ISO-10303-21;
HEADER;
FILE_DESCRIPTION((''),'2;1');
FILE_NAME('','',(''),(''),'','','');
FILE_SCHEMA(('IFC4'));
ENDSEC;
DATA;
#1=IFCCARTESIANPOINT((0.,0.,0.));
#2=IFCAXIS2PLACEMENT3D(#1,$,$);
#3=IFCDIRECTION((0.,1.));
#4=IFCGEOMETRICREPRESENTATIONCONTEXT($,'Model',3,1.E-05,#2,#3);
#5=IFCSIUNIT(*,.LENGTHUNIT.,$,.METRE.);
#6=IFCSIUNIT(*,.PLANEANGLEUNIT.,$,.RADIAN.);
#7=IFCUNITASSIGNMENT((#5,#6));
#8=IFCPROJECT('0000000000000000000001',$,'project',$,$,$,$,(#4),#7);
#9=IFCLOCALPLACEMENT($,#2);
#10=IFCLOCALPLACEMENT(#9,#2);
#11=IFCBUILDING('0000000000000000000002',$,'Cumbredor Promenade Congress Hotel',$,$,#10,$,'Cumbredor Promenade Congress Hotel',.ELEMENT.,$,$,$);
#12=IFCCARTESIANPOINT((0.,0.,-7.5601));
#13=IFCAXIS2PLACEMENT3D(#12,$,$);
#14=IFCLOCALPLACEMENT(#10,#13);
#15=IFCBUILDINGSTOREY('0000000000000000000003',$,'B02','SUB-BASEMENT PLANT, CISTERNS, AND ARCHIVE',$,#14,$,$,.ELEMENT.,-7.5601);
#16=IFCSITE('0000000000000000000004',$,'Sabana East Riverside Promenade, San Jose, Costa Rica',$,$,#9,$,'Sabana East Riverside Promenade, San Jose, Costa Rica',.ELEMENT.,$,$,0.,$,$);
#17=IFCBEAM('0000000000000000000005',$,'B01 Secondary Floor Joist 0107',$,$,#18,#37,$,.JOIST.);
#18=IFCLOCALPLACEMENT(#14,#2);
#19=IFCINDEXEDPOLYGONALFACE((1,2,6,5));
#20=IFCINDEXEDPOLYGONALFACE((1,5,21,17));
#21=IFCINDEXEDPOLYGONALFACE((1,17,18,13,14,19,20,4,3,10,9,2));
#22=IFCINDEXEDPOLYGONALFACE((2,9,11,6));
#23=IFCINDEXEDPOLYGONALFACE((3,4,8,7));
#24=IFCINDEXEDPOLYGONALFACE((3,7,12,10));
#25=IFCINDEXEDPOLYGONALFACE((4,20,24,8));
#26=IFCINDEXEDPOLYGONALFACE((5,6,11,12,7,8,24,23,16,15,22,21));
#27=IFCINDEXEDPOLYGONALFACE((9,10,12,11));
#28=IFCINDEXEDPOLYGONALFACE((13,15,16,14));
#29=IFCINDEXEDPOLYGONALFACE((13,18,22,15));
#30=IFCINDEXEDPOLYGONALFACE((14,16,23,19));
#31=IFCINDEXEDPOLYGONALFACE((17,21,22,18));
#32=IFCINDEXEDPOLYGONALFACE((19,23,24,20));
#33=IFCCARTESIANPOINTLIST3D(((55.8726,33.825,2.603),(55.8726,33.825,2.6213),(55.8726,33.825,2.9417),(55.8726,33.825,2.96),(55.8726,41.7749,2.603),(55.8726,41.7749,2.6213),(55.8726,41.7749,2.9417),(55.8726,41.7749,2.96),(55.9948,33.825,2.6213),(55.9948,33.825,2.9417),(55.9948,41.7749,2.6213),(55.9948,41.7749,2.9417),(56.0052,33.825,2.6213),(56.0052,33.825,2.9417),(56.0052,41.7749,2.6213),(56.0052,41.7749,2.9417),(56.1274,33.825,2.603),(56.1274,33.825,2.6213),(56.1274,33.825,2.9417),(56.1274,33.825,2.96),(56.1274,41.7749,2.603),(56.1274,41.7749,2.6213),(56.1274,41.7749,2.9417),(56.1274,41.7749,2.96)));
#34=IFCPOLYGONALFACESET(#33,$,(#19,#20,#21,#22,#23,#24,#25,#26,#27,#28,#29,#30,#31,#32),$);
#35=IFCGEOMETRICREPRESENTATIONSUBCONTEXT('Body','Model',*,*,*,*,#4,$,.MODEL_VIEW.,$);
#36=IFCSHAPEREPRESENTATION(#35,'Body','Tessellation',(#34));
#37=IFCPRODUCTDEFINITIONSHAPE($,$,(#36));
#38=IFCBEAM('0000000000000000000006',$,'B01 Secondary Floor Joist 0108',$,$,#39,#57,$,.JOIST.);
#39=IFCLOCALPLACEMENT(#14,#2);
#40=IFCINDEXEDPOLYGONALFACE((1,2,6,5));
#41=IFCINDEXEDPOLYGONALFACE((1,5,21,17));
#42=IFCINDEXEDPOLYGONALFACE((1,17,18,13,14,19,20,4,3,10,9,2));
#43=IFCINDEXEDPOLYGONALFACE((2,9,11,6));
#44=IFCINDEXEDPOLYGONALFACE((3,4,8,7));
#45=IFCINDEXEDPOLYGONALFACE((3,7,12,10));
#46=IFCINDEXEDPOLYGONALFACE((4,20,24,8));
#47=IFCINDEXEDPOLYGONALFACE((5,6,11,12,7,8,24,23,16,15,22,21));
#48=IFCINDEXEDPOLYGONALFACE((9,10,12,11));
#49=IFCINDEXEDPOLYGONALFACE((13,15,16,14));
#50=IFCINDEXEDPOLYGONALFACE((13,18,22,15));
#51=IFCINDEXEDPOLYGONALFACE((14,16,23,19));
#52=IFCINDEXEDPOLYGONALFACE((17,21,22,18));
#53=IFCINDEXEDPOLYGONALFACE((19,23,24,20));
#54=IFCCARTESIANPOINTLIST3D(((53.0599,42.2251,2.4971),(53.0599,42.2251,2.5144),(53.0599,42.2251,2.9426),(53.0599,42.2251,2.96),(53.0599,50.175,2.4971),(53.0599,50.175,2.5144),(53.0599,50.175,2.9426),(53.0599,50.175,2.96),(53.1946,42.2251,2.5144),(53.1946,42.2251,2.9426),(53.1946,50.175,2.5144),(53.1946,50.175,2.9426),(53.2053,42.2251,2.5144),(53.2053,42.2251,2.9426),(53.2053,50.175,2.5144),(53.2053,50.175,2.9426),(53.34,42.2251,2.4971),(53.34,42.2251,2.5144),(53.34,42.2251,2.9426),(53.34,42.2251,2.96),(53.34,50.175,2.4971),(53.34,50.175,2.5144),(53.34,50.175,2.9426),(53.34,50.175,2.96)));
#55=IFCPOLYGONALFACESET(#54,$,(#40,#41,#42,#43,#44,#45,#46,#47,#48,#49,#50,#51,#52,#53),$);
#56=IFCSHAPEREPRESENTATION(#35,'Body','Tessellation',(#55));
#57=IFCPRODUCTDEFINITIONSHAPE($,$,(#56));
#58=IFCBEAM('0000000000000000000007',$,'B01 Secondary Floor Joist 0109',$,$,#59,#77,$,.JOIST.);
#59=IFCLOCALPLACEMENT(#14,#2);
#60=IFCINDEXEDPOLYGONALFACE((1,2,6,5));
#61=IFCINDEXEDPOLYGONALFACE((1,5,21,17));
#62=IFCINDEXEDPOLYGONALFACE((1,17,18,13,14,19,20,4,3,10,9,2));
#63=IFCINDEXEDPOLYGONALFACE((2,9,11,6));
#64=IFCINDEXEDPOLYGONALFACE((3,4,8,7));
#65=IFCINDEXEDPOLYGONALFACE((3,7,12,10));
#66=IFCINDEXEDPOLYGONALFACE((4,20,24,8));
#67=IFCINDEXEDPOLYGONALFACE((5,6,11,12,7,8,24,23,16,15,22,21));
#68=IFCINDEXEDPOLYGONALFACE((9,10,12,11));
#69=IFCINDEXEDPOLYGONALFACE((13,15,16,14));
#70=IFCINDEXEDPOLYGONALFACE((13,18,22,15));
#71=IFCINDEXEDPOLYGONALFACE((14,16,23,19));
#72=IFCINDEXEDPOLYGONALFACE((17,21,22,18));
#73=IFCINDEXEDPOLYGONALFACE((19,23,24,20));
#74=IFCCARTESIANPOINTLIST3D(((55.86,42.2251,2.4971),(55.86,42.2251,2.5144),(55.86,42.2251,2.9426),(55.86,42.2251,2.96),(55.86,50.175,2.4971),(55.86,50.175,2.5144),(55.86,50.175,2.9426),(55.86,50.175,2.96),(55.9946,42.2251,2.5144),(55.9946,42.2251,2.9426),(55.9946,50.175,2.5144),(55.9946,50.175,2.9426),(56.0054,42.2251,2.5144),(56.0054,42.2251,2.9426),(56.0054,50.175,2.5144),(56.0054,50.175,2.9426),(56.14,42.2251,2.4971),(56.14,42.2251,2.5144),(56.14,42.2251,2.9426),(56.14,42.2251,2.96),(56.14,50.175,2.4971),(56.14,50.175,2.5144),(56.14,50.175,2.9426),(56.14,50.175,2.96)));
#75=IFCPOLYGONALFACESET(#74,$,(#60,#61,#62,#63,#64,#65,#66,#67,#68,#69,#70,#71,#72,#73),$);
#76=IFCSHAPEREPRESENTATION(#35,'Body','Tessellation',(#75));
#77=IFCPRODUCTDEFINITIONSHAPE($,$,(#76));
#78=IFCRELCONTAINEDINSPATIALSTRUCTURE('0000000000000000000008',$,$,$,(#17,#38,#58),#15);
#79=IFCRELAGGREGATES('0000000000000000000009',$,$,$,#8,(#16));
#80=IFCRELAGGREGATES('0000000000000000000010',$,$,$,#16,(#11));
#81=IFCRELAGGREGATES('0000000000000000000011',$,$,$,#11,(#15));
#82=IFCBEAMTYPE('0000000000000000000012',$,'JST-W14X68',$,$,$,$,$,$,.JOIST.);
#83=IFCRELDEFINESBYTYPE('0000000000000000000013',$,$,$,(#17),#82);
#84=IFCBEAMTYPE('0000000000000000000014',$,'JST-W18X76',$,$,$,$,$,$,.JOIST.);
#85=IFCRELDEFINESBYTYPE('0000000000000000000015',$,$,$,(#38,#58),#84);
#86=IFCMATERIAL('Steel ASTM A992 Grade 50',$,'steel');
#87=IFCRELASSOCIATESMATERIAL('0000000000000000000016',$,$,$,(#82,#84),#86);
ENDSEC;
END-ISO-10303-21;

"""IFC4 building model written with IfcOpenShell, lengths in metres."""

from ifc_helpers import new_model, si_unit, direction, frame, origin, origin_2d, place, context, subcontext, project, spatial, i_section, extrude, material, material_profile, profile_set, type_object, element, save


model = new_model("IFC4")

# Units and contexts
model_context = context("Model", 3, precision=1e-05, world=origin(), true_north=direction((0.0, 1.0)))
body_context = subcontext(model_context, "Body", "Model", "MODEL_VIEW")
ifc_project = project(units=[si_unit("LENGTHUNIT", "METRE"), si_unit("PLANEANGLEUNIT", "RADIAN")], contexts=[model_context])

# Site, building, storey
site_placement = place(None, origin())
site = spatial("IfcSite", under=ifc_project, at=site_placement, Name="Sabana East Riverside Promenade, San Jose, Costa Rica", LongName="Sabana East Riverside Promenade, San Jose, Costa Rica", CompositionType="ELEMENT", RefElevation=0.0)
building_placement = place(site_placement, origin())
building = spatial("IfcBuilding", under=site, at=building_placement, Name="Cumbredor Promenade Congress Hotel", LongName="Cumbredor Promenade Congress Hotel", CompositionType="ELEMENT")
storey_placement = place(building_placement, frame((0.0, 0.0, -7.5601)))
storey = spatial("IfcBuildingStorey", under=building, at=storey_placement, Name="B02", Description="SUB-BASEMENT PLANT, CISTERNS, AND ARCHIVE", CompositionType="ELEMENT", Elevation=-7.5601)

# Beams
ifc_material_1 = material(Name="Steel ASTM A992 Grade 50", Category="steel")
ifc_material_profile_1 = material_profile(ifc_material_1, i_section(OverallWidth=0.2549, OverallDepth=0.3569, WebThickness=0.0105, FlangeThickness=0.0183, at=origin_2d()), Name="W14X68")
ifc_profile_set_1 = profile_set([ifc_material_profile_1], Name="Steel ASTM A992 Grade 50")
beam_type_1 = type_object("IfcBeamType", Name="JST-W14X68", PredefinedType="JOIST", material=ifc_profile_set_1)
for number, where, z_axis, x_axis, name in (
    (1, (56.0, 33.825, 2.7815), (0.0, 1.0, 0.0), (-1.0, 0.0, 0.0), "B01 Secondary Floor Joist 0107"),
):
    element("IfcBeam", number, at=place(storey_placement, frame(where, z_axis=z_axis, x_axis=x_axis)), inside=storey, type_object=beam_type_1, Name=name, PredefinedType="JOIST", context=body_context, shape_type="SweptSolid", body=[
        extrude(i_section(OverallWidth=0.2549, OverallDepth=0.3569, WebThickness=0.0105, FlangeThickness=0.0183, at=origin_2d()), origin(), (0.0, 0.0, 1.0), 7.95),
    ])
ifc_material_profile_2 = material_profile(ifc_material_1, i_section(OverallWidth=0.28, OverallDepth=0.4629, WebThickness=0.0107, FlangeThickness=0.0173, at=origin_2d()), Name="W18X76")
ifc_profile_set_2 = profile_set([ifc_material_profile_2], Name="Steel ASTM A992 Grade 50")
beam_type_2 = type_object("IfcBeamType", Name="JST-W18X76", PredefinedType="JOIST", material=ifc_profile_set_2)
for number, where, z_axis, x_axis, name in (
    (2, (53.2, 42.2251, 2.7285), (0.0, 1.0, 0.0), (-1.0, 0.0, 0.0), "B01 Secondary Floor Joist 0108"),
    (3, (56.0, 42.2251, 2.7285), (0.0, 1.0, 0.0), (-1.0, 0.0, 0.0), "B01 Secondary Floor Joist 0109"),
):
    element("IfcBeam", number, at=place(storey_placement, frame(where, z_axis=z_axis, x_axis=x_axis)), inside=storey, type_object=beam_type_2, Name=name, PredefinedType="JOIST", context=body_context, shape_type="SweptSolid", body=[
        extrude(i_section(OverallWidth=0.28, OverallDepth=0.4629, WebThickness=0.0107, FlangeThickness=0.0173, at=origin_2d()), origin(), (0.0, 0.0, 1.0), 7.95),
    ])

save(model, "model.ifc")
